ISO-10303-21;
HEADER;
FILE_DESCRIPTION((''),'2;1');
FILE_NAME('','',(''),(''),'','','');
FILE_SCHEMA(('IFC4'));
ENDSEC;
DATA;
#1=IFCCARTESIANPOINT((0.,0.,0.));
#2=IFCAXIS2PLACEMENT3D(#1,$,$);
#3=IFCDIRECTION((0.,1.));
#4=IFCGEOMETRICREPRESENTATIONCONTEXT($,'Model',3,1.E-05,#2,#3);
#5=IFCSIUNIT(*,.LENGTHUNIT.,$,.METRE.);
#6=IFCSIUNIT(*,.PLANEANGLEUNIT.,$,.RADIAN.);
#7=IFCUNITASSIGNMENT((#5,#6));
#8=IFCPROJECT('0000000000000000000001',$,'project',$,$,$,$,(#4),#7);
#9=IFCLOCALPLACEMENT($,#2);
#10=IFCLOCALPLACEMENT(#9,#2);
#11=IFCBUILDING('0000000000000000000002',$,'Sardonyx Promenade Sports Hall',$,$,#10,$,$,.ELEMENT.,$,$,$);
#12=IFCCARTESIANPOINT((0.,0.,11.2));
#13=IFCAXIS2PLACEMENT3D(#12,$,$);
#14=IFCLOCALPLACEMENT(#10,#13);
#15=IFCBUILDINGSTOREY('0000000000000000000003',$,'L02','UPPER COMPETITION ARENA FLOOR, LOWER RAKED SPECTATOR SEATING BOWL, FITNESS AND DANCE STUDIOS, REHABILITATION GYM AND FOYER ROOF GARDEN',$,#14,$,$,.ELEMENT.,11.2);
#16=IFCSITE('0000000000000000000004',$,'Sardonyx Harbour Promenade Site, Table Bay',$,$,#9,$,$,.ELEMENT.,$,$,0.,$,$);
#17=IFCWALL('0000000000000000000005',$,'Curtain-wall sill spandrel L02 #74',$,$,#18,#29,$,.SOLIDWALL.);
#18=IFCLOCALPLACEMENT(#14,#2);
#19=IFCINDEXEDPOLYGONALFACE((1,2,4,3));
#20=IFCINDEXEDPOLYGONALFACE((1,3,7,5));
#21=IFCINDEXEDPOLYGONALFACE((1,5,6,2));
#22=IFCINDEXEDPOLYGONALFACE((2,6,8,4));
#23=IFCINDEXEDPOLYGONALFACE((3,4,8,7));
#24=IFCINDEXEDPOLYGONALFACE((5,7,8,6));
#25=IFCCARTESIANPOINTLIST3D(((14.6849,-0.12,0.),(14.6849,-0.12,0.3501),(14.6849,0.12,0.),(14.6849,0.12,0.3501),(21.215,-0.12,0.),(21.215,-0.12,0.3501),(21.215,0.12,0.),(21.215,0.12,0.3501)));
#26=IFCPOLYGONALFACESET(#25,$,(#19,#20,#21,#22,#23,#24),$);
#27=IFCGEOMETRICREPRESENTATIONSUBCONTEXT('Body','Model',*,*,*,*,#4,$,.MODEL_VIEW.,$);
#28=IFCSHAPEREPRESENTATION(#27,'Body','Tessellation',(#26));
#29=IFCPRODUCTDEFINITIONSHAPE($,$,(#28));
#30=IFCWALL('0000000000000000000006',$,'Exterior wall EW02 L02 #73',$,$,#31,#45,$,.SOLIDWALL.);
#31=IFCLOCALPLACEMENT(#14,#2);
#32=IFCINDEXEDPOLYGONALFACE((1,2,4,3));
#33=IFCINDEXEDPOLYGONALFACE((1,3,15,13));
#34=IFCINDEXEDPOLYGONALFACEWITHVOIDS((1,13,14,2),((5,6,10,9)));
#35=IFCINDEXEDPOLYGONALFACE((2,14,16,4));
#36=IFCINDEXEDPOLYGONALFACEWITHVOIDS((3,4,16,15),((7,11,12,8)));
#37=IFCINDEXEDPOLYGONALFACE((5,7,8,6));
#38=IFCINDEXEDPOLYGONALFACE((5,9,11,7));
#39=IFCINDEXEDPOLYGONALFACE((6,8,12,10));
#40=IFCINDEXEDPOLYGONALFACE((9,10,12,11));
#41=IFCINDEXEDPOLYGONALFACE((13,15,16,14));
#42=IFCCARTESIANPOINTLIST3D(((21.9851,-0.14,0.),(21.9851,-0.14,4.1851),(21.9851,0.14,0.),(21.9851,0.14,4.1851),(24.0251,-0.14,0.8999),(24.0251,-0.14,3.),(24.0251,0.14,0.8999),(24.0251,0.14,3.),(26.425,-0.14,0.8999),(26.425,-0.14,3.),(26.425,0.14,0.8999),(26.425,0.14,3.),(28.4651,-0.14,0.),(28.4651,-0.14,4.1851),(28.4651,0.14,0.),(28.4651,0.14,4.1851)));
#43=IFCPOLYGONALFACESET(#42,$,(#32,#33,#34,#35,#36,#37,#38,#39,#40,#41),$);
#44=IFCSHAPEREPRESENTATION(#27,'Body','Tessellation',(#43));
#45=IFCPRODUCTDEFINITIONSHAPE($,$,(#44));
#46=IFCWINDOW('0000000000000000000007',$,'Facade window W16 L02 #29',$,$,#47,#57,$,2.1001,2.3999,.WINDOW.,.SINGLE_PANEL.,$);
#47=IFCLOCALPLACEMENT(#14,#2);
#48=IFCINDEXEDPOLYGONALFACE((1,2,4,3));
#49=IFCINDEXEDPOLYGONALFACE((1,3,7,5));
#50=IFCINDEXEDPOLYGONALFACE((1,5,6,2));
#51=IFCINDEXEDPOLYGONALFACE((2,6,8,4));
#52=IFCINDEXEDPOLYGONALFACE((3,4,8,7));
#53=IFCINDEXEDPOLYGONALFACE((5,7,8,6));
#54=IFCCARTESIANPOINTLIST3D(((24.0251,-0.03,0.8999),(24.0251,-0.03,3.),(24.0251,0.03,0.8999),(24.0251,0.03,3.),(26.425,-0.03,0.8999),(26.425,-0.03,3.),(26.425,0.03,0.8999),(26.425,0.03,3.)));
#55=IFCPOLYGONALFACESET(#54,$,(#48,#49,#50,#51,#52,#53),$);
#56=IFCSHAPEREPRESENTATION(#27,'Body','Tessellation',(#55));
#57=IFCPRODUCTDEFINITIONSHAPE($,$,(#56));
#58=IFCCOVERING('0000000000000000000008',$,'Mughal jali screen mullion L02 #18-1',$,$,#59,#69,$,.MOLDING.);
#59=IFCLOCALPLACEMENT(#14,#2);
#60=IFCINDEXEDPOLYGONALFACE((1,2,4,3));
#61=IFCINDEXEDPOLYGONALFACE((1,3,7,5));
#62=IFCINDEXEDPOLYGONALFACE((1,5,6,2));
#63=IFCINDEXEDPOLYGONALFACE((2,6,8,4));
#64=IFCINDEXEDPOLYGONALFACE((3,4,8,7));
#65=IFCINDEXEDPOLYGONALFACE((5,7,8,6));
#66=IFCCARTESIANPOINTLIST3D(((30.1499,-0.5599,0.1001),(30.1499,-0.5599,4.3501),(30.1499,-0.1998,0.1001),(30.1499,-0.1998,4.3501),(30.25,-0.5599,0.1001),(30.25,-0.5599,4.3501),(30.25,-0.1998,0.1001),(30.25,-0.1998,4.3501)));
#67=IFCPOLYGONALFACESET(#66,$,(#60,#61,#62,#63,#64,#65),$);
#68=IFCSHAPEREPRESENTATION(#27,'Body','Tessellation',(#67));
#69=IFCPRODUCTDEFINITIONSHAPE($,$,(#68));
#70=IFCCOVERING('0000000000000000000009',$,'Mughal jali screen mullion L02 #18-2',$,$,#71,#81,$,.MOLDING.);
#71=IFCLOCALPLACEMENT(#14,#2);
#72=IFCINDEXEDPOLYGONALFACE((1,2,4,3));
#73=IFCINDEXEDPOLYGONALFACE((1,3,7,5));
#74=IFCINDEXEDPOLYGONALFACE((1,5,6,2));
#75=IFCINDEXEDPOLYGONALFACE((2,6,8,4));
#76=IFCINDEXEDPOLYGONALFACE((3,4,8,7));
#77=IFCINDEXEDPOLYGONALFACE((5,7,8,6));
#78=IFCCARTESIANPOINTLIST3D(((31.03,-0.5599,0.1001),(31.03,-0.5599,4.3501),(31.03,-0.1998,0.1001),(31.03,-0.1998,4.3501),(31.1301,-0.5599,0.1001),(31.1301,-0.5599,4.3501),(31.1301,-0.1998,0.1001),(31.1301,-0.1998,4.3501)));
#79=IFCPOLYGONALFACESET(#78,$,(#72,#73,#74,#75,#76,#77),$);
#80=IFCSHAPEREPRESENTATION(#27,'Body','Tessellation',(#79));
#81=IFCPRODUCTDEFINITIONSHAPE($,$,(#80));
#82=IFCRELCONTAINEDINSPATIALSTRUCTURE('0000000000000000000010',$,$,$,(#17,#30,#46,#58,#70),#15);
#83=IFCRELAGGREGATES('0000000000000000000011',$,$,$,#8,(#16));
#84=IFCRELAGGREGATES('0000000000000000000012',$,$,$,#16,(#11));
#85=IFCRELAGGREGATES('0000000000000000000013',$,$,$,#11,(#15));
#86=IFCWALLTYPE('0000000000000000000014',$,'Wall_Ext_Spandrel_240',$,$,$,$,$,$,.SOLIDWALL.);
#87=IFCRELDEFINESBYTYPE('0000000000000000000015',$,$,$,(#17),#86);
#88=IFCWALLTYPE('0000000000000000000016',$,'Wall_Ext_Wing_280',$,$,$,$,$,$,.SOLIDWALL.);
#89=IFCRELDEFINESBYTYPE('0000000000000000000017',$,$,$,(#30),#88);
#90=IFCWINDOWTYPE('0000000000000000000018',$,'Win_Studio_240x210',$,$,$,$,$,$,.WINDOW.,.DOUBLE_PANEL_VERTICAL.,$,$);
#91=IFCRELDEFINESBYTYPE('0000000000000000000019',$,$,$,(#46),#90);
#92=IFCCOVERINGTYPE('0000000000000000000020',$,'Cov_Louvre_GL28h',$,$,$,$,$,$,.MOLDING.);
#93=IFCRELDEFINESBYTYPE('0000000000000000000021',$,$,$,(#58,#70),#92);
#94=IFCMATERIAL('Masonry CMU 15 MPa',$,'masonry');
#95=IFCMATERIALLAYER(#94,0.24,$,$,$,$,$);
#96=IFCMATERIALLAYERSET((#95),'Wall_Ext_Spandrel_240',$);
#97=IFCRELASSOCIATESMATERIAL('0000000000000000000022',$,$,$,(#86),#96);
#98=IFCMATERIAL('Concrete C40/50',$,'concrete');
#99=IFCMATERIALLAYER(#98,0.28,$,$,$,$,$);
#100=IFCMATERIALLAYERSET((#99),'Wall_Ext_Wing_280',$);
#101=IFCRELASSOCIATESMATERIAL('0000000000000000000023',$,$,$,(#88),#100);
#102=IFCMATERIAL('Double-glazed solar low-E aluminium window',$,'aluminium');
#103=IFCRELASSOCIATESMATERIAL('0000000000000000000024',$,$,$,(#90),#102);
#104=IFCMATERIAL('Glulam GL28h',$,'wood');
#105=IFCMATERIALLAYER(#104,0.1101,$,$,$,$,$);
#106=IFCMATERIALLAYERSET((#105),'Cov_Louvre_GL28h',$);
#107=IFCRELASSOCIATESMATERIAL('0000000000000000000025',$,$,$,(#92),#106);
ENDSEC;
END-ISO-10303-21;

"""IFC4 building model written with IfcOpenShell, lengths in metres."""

from ifc_helpers import new_model, si_unit, direction, frame, frame_2d, origin, origin_2d, place, context, subcontext, project, spatial, rectangle, extrude, material, layer, layer_set, type_object, element, fill, save


model = new_model("IFC4")

# Units and contexts
model_context = context("Model", 3, precision=1e-05, world=origin(), true_north=direction((0.0, 1.0)))
body_context = subcontext(model_context, "Body", "Model", "MODEL_VIEW")
ifc_project = project(units=[si_unit("LENGTHUNIT", "METRE"), si_unit("PLANEANGLEUNIT", "RADIAN")], contexts=[model_context])

# Site, building, storey
site_placement = place(None, origin())
site = spatial("IfcSite", under=ifc_project, at=site_placement, Name="Sardonyx Harbour Promenade Site, Table Bay", CompositionType="ELEMENT", RefElevation=0.0)
building_placement = place(site_placement, origin())
building = spatial("IfcBuilding", under=site, at=building_placement, Name="Sardonyx Promenade Sports Hall", CompositionType="ELEMENT")
storey_placement = place(building_placement, frame((0.0, 0.0, 11.2)))
storey = spatial("IfcBuildingStorey", under=building, at=storey_placement, Name="L02", Description="UPPER COMPETITION ARENA FLOOR, LOWER RAKED SPECTATOR SEATING BOWL, FITNESS AND DANCE STUDIOS, REHABILITATION GYM AND FOYER ROOF GARDEN", CompositionType="ELEMENT", Elevation=11.2)

# Wall
ifc_material_1 = material(Name="Masonry CMU 15 MPa", Category="masonry")
ifc_layer_1 = layer(ifc_material_1, 0.24)
ifc_layer_set_1 = layer_set([ifc_layer_1], Name="Wall_Ext_Spandrel_240")
wall_type_1 = type_object("IfcWallType", Name="Wall_Ext_Spandrel_240", PredefinedType="SOLIDWALL", material=ifc_layer_set_1)
wall_1_placement = place(storey_placement, frame((21.2151, 0.0, 0.0), z_axis=(0.0, 0.0, 1.0), x_axis=(-1.0, 0.0, 0.0)))
element("IfcWall", 1, at=wall_1_placement, inside=storey, type_object=wall_type_1, Name="Curtain-wall sill spandrel L02 #74", PredefinedType="SOLIDWALL", context=body_context, shape_type="SweptSolid", body=[
    extrude(rectangle(XDim=6.53, YDim=0.24, at=frame_2d((3.2651, 0.0))), origin(), (0.0, 0.0, 1.0), 0.3501),
])

# Wall, opening, window
ifc_material_2 = material(Name="Concrete C40/50", Category="concrete")
ifc_layer_2 = layer(ifc_material_2, 0.28)
ifc_layer_set_2 = layer_set([ifc_layer_2], Name="Wall_Ext_Wing_280")
wall_type_2 = type_object("IfcWallType", Name="Wall_Ext_Wing_280", PredefinedType="SOLIDWALL", material=ifc_layer_set_2)
wall_2_placement = place(storey_placement, frame((28.4651, 0.0, 0.0), z_axis=(0.0, 0.0, 1.0), x_axis=(-1.0, 0.0, 0.0)))
wall_2 = element("IfcWall", 2, at=wall_2_placement, inside=storey, type_object=wall_type_2, Name="Exterior wall EW02 L02 #73", PredefinedType="SOLIDWALL", context=body_context, shape_type="SweptSolid", body=[
    extrude(rectangle(XDim=6.48, YDim=0.28, at=frame_2d((3.24, 0.0))), origin(), (0.0, 0.0, 1.0), 4.1851),
])
opening_placement = place(wall_2_placement, frame((2.04, 0.0, 0.8999)))
opening = element("IfcOpeningElement", 3, at=opening_placement, cuts=wall_2, PredefinedType="OPENING", context=body_context, shape_type="SweptSolid", body=[
    extrude(rectangle(XDim=2.3999, YDim=2.1001, at=frame_2d((1.2, 1.05))), frame((0.0, 0.15, 0.0), z_axis=(0.0, -1.0, 0.0), x_axis=(1.0, 0.0, 0.0)), (0.0, 0.0, 1.0), 0.3),
])
ifc_material_3 = material(Name="Double-glazed solar low-E aluminium window", Category="aluminium")
window_type = type_object("IfcWindowType", Name="Win_Studio_240x210", PartitioningType="DOUBLE_PANEL_VERTICAL", PredefinedType="WINDOW", material=ifc_material_3)
window_placement = place(opening_placement, origin())
window = element("IfcWindow", 4, at=window_placement, inside=storey, type_object=window_type, Name="Facade window W16 L02 #29", OverallHeight=2.1001, OverallWidth=2.3999, PartitioningType="SINGLE_PANEL", PredefinedType="WINDOW", context=body_context, shape_type="SweptSolid", body=[
    extrude(rectangle(XDim=2.3999, YDim=2.1001, at=frame_2d((1.2, 1.05))), frame((0.0, 0.03, 0.0), z_axis=(0.0, -1.0, 0.0), x_axis=(1.0, 0.0, 0.0)), (0.0, 0.0, 1.0), 0.0601),
])
fill(opening, window)

# Coverings
ifc_material_4 = material(Name="Glulam GL28h", Category="wood")
ifc_layer_3 = layer(ifc_material_4, 0.1101)
ifc_layer_set_3 = layer_set([ifc_layer_3], Name="Cov_Louvre_GL28h")
covering_type = type_object("IfcCoveringType", Name="Cov_Louvre_GL28h", PredefinedType="MOLDING", material=ifc_layer_set_3)
for number, where, z_axis, x_axis, name in (
    (5, (30.2, -0.3799, 0.1001), (0.0, 0.0, 1.0), (1.0, 0.0, 0.0), "Mughal jali screen mullion L02 #18-1"),
    (6, (31.0801, -0.3799, 0.1001), (0.0, 0.0, 1.0), (1.0, 0.0, 0.0), "Mughal jali screen mullion L02 #18-2"),
):
    element("IfcCovering", number, at=place(storey_placement, frame(where, z_axis=z_axis, x_axis=x_axis)), inside=storey, type_object=covering_type, Name=name, PredefinedType="MOLDING", context=body_context, shape_type="SweptSolid", body=[
        extrude(rectangle(XDim=0.1001, YDim=0.3601, at=origin_2d()), origin(), (0.0, 0.0, 1.0), 4.25),
    ])

save(model, "model.ifc")
